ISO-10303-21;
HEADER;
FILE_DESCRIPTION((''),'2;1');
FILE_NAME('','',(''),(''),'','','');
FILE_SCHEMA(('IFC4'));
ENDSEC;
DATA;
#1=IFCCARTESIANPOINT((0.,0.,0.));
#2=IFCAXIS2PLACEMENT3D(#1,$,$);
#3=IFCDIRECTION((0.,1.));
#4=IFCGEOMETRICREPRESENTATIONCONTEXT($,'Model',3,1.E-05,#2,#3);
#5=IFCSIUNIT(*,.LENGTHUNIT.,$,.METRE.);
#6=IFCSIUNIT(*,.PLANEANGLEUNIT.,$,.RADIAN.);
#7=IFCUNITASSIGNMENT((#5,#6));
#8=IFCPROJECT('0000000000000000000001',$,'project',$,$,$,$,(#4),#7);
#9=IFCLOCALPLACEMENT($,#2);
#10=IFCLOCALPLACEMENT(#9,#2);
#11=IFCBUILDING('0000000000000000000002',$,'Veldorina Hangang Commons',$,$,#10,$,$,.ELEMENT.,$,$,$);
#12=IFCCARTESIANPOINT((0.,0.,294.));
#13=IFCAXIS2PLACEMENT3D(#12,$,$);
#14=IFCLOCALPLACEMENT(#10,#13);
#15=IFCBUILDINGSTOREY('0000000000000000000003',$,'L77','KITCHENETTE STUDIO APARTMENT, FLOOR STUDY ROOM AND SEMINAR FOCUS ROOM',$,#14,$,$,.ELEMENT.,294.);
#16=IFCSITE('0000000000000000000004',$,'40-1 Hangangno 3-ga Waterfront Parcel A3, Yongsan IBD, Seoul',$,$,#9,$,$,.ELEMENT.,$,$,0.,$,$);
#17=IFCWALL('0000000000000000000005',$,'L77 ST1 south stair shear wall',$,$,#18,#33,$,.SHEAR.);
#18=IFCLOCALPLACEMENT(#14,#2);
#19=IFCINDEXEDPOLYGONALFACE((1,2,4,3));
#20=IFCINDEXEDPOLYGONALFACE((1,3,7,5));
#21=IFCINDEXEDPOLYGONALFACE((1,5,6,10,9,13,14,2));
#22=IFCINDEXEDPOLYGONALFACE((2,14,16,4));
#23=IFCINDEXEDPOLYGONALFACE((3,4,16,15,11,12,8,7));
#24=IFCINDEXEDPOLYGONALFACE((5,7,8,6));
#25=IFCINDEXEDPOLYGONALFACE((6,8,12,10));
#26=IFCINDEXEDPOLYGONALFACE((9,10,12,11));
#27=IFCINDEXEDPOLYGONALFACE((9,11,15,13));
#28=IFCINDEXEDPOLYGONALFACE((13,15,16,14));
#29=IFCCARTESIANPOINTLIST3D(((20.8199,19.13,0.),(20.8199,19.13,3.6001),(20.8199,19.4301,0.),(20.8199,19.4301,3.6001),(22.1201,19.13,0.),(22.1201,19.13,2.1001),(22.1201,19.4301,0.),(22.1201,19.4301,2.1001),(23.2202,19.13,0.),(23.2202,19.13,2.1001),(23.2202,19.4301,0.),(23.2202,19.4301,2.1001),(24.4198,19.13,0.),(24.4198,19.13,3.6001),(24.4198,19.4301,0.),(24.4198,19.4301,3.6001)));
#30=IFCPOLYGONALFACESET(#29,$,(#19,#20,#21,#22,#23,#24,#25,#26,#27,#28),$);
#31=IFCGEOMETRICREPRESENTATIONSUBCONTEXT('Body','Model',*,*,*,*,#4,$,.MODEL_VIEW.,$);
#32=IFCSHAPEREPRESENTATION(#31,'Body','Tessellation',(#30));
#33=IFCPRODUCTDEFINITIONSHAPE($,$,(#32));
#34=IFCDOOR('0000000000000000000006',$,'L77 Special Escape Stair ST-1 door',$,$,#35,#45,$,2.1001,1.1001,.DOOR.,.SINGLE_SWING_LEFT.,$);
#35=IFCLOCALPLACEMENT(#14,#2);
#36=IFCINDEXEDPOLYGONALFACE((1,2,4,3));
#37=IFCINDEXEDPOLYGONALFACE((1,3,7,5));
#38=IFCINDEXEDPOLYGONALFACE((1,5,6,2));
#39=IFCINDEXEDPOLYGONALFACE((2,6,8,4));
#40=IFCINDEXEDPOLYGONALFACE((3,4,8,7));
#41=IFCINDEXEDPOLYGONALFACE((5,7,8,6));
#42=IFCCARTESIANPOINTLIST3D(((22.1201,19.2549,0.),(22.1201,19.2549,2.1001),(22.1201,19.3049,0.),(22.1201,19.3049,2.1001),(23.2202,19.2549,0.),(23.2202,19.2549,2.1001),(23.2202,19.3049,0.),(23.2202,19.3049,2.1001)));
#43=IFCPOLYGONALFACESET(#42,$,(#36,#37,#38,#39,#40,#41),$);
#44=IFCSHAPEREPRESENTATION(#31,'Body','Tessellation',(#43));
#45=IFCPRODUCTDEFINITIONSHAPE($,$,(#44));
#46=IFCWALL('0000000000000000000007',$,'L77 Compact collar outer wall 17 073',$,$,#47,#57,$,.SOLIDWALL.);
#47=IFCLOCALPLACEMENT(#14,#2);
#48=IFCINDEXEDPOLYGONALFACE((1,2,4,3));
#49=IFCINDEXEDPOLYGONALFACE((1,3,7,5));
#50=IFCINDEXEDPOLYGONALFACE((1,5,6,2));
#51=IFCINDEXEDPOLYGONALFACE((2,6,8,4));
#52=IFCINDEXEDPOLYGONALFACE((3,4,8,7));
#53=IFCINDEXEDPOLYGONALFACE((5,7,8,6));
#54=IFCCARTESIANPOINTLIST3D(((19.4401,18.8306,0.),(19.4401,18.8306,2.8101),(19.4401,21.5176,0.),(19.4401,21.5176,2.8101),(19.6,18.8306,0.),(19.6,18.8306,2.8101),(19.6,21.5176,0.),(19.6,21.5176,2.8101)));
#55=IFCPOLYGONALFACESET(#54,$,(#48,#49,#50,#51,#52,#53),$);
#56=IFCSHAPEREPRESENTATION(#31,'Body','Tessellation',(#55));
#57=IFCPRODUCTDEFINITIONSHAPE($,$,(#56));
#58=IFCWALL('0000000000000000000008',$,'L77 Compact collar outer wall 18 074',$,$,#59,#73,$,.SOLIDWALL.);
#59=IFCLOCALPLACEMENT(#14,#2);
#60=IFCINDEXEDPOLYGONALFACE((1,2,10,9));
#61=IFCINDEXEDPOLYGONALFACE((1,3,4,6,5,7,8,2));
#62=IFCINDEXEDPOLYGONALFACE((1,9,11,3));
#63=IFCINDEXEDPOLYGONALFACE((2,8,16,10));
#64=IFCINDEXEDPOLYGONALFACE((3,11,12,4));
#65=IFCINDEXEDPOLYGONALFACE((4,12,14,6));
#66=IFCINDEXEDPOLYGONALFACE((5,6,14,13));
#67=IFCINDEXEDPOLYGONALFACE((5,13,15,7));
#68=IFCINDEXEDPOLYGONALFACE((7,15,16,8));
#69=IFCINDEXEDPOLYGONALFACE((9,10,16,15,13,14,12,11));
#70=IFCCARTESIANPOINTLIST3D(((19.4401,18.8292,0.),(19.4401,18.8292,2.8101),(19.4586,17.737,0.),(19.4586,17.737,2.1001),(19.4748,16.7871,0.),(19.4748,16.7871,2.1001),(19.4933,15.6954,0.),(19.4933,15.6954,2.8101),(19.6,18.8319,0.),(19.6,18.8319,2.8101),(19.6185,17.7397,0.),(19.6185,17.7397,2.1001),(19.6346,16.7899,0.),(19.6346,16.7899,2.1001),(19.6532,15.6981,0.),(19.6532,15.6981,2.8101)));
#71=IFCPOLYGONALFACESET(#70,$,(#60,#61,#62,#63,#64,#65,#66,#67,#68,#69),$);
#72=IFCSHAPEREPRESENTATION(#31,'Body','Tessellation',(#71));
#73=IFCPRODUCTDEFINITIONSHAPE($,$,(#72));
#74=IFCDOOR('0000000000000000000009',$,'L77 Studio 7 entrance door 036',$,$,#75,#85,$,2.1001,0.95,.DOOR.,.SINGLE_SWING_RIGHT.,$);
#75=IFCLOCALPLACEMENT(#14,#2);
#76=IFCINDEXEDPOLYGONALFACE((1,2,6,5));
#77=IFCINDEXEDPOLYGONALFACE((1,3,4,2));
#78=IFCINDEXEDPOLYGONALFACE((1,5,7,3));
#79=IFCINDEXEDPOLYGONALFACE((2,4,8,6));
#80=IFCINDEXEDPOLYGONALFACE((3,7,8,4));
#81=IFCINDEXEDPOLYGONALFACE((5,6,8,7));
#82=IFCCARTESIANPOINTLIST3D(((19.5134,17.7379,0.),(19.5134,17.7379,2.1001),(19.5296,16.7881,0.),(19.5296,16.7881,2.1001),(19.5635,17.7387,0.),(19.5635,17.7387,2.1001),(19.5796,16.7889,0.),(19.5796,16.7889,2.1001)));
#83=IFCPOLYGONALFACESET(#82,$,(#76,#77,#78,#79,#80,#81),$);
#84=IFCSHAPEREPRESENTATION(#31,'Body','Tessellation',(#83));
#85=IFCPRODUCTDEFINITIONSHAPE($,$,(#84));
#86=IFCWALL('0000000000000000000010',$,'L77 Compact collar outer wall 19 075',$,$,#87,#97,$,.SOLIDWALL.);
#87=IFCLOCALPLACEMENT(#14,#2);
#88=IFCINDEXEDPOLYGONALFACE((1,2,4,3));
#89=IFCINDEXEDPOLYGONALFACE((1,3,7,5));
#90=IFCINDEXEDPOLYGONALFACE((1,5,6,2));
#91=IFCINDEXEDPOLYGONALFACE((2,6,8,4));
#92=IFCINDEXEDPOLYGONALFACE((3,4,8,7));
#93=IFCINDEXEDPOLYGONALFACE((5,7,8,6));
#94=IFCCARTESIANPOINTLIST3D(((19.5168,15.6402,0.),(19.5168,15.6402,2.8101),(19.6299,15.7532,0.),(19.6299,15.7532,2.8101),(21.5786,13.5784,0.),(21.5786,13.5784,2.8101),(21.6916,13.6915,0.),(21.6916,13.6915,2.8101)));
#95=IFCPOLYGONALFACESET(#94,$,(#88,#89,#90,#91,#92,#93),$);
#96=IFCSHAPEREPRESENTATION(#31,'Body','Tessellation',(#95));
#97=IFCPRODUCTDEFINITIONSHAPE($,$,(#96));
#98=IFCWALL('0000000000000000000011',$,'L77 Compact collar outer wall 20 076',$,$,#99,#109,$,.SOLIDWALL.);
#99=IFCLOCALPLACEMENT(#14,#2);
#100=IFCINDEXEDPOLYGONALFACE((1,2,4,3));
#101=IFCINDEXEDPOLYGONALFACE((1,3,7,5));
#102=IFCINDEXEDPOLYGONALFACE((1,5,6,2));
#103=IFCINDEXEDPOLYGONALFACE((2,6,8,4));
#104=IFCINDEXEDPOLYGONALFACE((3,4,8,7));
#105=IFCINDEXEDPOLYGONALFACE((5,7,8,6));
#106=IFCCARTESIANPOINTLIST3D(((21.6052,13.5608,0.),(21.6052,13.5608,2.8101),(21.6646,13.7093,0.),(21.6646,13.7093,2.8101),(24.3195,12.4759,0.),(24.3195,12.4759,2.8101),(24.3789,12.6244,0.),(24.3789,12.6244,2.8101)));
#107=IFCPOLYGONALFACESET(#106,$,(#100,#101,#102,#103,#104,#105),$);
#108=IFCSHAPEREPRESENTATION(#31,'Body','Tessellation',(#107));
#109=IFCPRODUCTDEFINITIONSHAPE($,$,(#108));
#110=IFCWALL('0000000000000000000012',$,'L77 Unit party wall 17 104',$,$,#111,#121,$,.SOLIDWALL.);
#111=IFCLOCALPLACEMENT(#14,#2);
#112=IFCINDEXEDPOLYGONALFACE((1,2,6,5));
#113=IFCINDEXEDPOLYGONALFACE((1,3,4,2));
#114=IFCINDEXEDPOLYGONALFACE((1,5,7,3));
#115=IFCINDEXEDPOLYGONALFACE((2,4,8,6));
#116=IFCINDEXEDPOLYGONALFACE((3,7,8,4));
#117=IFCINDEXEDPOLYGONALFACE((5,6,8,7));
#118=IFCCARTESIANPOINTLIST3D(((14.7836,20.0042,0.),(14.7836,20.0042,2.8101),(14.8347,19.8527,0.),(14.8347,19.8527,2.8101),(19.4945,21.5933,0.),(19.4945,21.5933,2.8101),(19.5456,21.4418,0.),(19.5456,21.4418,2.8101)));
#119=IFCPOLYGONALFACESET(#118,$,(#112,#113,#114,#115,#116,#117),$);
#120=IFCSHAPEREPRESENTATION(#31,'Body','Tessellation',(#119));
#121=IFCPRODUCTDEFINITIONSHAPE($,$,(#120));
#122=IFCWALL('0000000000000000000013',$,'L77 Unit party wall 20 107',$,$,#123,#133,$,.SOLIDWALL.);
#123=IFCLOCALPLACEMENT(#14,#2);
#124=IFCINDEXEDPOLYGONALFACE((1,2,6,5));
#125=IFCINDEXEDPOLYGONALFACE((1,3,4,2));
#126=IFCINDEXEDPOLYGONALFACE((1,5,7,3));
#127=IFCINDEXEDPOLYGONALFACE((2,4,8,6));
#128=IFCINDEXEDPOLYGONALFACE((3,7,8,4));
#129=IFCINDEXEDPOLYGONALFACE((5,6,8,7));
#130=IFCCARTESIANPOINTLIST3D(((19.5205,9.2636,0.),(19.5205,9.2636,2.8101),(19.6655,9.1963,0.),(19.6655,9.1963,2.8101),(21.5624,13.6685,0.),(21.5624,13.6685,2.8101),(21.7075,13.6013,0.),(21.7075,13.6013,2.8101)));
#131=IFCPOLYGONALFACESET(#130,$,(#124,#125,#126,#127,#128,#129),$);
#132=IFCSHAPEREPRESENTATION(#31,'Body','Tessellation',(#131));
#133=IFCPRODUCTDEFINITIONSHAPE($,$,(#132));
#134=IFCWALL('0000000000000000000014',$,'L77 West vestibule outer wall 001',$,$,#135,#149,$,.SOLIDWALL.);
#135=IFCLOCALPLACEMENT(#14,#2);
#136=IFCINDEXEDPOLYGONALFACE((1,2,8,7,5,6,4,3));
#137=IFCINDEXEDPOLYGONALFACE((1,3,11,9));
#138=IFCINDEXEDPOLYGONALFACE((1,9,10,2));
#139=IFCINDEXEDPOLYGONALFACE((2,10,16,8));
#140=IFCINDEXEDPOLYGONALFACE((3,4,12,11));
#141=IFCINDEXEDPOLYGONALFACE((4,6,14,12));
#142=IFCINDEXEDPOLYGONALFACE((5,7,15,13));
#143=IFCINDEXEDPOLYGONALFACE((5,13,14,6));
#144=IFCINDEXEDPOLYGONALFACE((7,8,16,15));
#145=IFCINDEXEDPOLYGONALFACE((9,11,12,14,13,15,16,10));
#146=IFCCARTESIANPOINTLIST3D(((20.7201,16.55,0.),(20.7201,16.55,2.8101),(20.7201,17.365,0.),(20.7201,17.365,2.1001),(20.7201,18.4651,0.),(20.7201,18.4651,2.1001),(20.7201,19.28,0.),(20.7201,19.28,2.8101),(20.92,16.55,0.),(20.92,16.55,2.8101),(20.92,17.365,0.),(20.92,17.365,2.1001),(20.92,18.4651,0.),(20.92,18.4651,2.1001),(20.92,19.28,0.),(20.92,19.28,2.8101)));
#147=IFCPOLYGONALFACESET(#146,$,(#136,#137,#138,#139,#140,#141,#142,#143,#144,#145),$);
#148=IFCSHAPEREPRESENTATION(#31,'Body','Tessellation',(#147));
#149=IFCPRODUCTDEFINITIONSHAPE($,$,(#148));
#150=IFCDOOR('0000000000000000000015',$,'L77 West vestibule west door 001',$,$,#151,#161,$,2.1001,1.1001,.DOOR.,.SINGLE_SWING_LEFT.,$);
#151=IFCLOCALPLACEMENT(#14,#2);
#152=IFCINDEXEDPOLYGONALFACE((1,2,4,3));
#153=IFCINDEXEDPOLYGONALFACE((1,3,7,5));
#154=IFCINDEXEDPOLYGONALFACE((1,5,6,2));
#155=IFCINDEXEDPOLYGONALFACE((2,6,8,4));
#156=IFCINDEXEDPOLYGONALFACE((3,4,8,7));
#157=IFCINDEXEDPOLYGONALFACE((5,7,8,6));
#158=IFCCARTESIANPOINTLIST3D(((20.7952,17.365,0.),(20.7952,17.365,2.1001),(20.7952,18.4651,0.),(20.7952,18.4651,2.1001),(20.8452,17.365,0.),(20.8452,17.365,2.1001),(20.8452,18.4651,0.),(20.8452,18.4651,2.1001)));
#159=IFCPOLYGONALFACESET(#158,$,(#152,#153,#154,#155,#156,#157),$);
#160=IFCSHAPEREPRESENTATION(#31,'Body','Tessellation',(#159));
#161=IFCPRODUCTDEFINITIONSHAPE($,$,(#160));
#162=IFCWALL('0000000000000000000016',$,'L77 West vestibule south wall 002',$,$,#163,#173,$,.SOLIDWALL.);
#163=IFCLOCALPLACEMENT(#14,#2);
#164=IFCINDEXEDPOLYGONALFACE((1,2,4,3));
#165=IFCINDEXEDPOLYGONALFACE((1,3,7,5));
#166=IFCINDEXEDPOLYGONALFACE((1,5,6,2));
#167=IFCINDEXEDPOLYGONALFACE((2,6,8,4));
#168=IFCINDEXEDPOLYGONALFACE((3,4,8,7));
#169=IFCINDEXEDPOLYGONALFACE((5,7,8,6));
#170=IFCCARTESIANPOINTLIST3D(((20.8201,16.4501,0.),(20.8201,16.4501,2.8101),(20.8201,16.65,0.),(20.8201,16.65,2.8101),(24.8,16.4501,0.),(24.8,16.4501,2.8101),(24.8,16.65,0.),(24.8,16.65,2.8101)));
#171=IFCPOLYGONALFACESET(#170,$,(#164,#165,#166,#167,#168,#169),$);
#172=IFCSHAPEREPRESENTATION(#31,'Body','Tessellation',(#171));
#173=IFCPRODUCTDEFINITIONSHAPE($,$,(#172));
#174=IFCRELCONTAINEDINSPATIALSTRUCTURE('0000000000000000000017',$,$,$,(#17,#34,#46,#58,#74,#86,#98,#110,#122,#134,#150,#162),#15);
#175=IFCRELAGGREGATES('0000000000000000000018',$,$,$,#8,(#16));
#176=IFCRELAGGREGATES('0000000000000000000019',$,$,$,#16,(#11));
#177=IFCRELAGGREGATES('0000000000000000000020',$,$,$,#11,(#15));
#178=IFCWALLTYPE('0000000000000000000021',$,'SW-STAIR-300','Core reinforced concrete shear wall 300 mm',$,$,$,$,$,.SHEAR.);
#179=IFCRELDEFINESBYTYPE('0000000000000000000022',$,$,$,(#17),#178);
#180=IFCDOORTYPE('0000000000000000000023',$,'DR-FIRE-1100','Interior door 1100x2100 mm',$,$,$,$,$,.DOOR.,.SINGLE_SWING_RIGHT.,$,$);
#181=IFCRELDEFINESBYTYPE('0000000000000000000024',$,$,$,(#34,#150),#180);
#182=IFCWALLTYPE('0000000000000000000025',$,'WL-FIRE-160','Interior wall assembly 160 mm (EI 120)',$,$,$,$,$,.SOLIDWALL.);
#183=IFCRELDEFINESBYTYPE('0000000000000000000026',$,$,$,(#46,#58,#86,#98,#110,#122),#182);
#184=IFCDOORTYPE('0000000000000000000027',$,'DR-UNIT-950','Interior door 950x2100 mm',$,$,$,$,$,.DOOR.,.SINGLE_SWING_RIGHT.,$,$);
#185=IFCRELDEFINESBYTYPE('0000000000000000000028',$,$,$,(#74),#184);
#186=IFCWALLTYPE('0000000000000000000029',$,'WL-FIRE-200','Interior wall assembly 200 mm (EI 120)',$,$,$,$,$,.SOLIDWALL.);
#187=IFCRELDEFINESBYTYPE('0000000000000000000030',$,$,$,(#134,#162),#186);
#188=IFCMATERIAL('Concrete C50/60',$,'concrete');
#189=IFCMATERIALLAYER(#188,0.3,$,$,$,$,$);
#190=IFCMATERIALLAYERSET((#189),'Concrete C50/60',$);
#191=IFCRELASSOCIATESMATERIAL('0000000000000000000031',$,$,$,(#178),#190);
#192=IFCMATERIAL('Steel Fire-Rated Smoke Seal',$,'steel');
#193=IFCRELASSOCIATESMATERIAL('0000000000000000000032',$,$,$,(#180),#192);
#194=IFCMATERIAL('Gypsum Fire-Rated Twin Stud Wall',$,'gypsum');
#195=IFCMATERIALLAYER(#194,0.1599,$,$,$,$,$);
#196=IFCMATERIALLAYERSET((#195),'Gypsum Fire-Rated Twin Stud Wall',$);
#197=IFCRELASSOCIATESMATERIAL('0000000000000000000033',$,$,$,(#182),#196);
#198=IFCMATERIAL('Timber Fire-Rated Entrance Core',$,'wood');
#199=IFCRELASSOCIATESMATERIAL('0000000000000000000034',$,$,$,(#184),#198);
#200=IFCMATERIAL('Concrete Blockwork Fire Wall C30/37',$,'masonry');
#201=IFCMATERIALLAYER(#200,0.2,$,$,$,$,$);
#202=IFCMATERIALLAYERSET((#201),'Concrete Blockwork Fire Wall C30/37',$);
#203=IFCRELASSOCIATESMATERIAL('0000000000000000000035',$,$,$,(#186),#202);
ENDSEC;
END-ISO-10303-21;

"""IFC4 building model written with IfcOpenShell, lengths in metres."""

from ifc_helpers import new_model, si_unit, direction, frame, frame_2d, origin, place, context, subcontext, project, spatial, rectangle, extrude, material, layer, layer_set, type_object, element, fill, save


model = new_model("IFC4")

# Units and contexts
model_context = context("Model", 3, precision=1e-05, world=origin(), true_north=direction((0.0, 1.0)))
body_context = subcontext(model_context, "Body", "Model", "MODEL_VIEW")
ifc_project = project(units=[si_unit("LENGTHUNIT", "METRE"), si_unit("PLANEANGLEUNIT", "RADIAN")], contexts=[model_context])

# Site, building, storey
site_placement = place(None, origin())
site = spatial("IfcSite", under=ifc_project, at=site_placement, Name="40-1 Hangangno 3-ga Waterfront Parcel A3, Yongsan IBD, Seoul", CompositionType="ELEMENT", RefElevation=0.0)
building_placement = place(site_placement, origin())
building = spatial("IfcBuilding", under=site, at=building_placement, Name="Veldorina Hangang Commons", CompositionType="ELEMENT")
storey_placement = place(building_placement, frame((0.0, 0.0, 294.0)))
storey = spatial("IfcBuildingStorey", under=building, at=storey_placement, Name="L77", Description="KITCHENETTE STUDIO APARTMENT, FLOOR STUDY ROOM AND SEMINAR FOCUS ROOM", CompositionType="ELEMENT", Elevation=294.0)

# Shared definitions
ifc_material_1 = material(Name="Concrete C50/60", Category="concrete")
ifc_layer_1 = layer(ifc_material_1, 0.3)
ifc_layer_set_1 = layer_set([ifc_layer_1], Name="Concrete C50/60")
wall_type_1 = type_object("IfcWallType", Name="SW-STAIR-300", Description="Core reinforced concrete shear wall 300 mm", PredefinedType="SHEAR", material=ifc_layer_set_1)

# Wall, opening, door
wall_1_placement = place(storey_placement, frame((20.8201, 19.28, 0.0), z_axis=(0.0, 0.0, 1.0), x_axis=(1.0, 0.0, 0.0)))
wall_1 = element("IfcWall", 1, at=wall_1_placement, inside=storey, type_object=wall_type_1, Name="L77 ST1 south stair shear wall", PredefinedType="SHEAR", context=body_context, shape_type="SweptSolid", body=[
    extrude(rectangle(XDim=3.5999, YDim=0.3, at=frame_2d((1.7998, 0.0))), origin(), (0.0, 0.0, 1.0), 3.6001),
])
opening_1_placement = place(wall_1_placement, frame((1.3, 0.0, 0.0)))
opening_1 = element("IfcOpeningElement", 2, at=opening_1_placement, cuts=wall_1, PredefinedType="OPENING", context=body_context, shape_type="SweptSolid", body=[
    extrude(rectangle(XDim=1.1001, YDim=2.1001, at=frame_2d((0.55, 1.05))), frame((0.0, 0.1602, 0.0), z_axis=(0.0, -1.0, 0.0), x_axis=(1.0, 0.0, 0.0)), (0.0, 0.0, 1.0), 0.3201),
])
ifc_material_2 = material(Name="Steel Fire-Rated Smoke Seal", Category="steel")
door_type_1 = type_object("IfcDoorType", Name="DR-FIRE-1100", Description="Interior door 1100x2100 mm", OperationType="SINGLE_SWING_RIGHT", PredefinedType="DOOR", material=ifc_material_2)
door_1_placement = place(opening_1_placement, origin())
door_1 = element("IfcDoor", 3, at=door_1_placement, inside=storey, type_object=door_type_1, Name="L77 Special Escape Stair ST-1 door", OperationType="SINGLE_SWING_LEFT", OverallHeight=2.1001, OverallWidth=1.1001, PredefinedType="DOOR", context=body_context, shape_type="SweptSolid", body=[
    extrude(rectangle(XDim=1.1001, YDim=2.1001, at=frame_2d((0.55, 1.05))), frame((0.0, 0.0249, 0.0), z_axis=(0.0, -1.0, 0.0), x_axis=(1.0, 0.0, 0.0)), (0.0, 0.0, 1.0), 0.05),
])
fill(opening_1, door_1)

# Wall
ifc_material_3 = material(Name="Gypsum Fire-Rated Twin Stud Wall", Category="gypsum")
ifc_layer_2 = layer(ifc_material_3, 0.1599)
ifc_layer_set_2 = layer_set([ifc_layer_2], Name="Gypsum Fire-Rated Twin Stud Wall")
wall_type_2 = type_object("IfcWallType", Name="WL-FIRE-160", Description="Interior wall assembly 160 mm (EI 120)", PredefinedType="SOLIDWALL", material=ifc_layer_set_2)
wall_2_placement = place(storey_placement, frame((19.52, 21.5176, 0.0), z_axis=(0.0, 0.0, 1.0), x_axis=(0.0, -1.0, 0.0)))
element("IfcWall", 4, at=wall_2_placement, inside=storey, type_object=wall_type_2, Name="L77 Compact collar outer wall 17 073", PredefinedType="SOLIDWALL", context=body_context, shape_type="SweptSolid", body=[
    extrude(rectangle(XDim=2.687, YDim=0.1599, at=frame_2d((1.3435, 0.0))), origin(), (0.0, 0.0, 1.0), 2.8101),
])

# Wall, opening, door
wall_3_placement = place(storey_placement, frame((19.52, 18.8306, 0.0), z_axis=(0.0, 0.0, 1.0), x_axis=(0.016981, -0.999856, 0.0)))
wall_3 = element("IfcWall", 5, at=wall_3_placement, inside=storey, type_object=wall_type_2, Name="L77 Compact collar outer wall 18 074", PredefinedType="SOLIDWALL", context=body_context, shape_type="SweptSolid", body=[
    extrude(rectangle(XDim=3.1343, YDim=0.1599, at=frame_2d((1.5671, 0.0))), origin(), (0.0, 0.0, 1.0), 2.8101),
])
opening_2_placement = place(wall_3_placement, frame((1.0923, 0.0, 0.0)))
opening_2 = element("IfcOpeningElement", 6, at=opening_2_placement, cuts=wall_3, PredefinedType="OPENING", context=body_context, shape_type="SweptSolid", body=[
    extrude(rectangle(XDim=0.95, YDim=2.1001, at=frame_2d((0.4751, 1.05))), frame((0.0, 0.0898, 0.0), z_axis=(0.0, -1.0, 0.0), x_axis=(1.0, 0.0, 0.0)), (0.0, 0.0, 1.0), 0.1799),
])
ifc_material_4 = material(Name="Timber Fire-Rated Entrance Core", Category="wood")
door_type_2 = type_object("IfcDoorType", Name="DR-UNIT-950", Description="Interior door 950x2100 mm", OperationType="SINGLE_SWING_RIGHT", PredefinedType="DOOR", material=ifc_material_4)
door_2_placement = place(opening_2_placement, origin())
door_2 = element("IfcDoor", 7, at=door_2_placement, inside=storey, type_object=door_type_2, Name="L77 Studio 7 entrance door 036", OperationType="SINGLE_SWING_RIGHT", OverallHeight=2.1001, OverallWidth=0.95, PredefinedType="DOOR", context=body_context, shape_type="SweptSolid", body=[
    extrude(rectangle(XDim=0.95, YDim=2.1001, at=frame_2d((0.4751, 1.05))), frame((0.0, 0.0249, 0.0), z_axis=(0.0, -1.0, 0.0), x_axis=(1.0, 0.0, 0.0)), (0.0, 0.0, 1.0), 0.05),
])
fill(opening_2, door_2)

# Walls
wall_4_placement = place(storey_placement, frame((19.5732, 15.6968, 0.0), z_axis=(0.0, 0.0, 1.0), x_axis=(0.707107, -0.707107, 0.0)))
element("IfcWall", 8, at=wall_4_placement, inside=storey, type_object=wall_type_2, Name="L77 Compact collar outer wall 19 075", PredefinedType="SOLIDWALL", context=body_context, shape_type="SweptSolid", body=[
    extrude(rectangle(XDim=2.9158, YDim=0.1599, at=frame_2d((1.458, 0.0))), origin(), (0.0, 0.0, 1.0), 2.8101),
])
wall_5_placement = place(storey_placement, frame((21.635, 13.635, 0.0), z_axis=(0.0, 0.0, 1.0), x_axis=(0.928569, -0.37116, 0.0)))
element("IfcWall", 9, at=wall_5_placement, inside=storey, type_object=wall_type_2, Name="L77 Compact collar outer wall 20 076", PredefinedType="SOLIDWALL", context=body_context, shape_type="SweptSolid", body=[
    extrude(rectangle(XDim=2.9231, YDim=0.1599, at=frame_2d((1.4614, 0.0))), origin(), (0.0, 0.0, 1.0), 2.8101),
])
wall_6_placement = place(storey_placement, frame((19.52, 21.5176, 0.0), z_axis=(0.0, 0.0, 1.0), x_axis=(-0.947543, -0.319629, 0.0)))
element("IfcWall", 10, at=wall_6_placement, inside=storey, type_object=wall_type_2, Name="L77 Unit party wall 17 104", PredefinedType="SOLIDWALL", context=body_context, shape_type="SweptSolid", body=[
    extrude(rectangle(XDim=4.9717, YDim=0.1599, at=frame_2d((2.4858, 0.0))), origin(), (0.0, 0.0, 1.0), 2.8101),
])
wall_7_placement = place(storey_placement, frame((21.635, 13.635, 0.0), z_axis=(0.0, 0.0, 1.0), x_axis=(-0.420569, -0.907261, 0.0)))
element("IfcWall", 11, at=wall_7_placement, inside=storey, type_object=wall_type_2, Name="L77 Unit party wall 20 107", PredefinedType="SOLIDWALL", context=body_context, shape_type="SweptSolid", body=[
    extrude(rectangle(XDim=4.8552, YDim=0.1599, at=frame_2d((2.4277, 0.0))), origin(), (0.0, 0.0, 1.0), 2.8101),
])

# Wall, opening, door
ifc_material_5 = material(Name="Concrete Blockwork Fire Wall C30/37", Category="masonry")
ifc_layer_3 = layer(ifc_material_5, 0.2)
ifc_layer_set_3 = layer_set([ifc_layer_3], Name="Concrete Blockwork Fire Wall C30/37")
wall_type_3 = type_object("IfcWallType", Name="WL-FIRE-200", Description="Interior wall assembly 200 mm (EI 120)", PredefinedType="SOLIDWALL", material=ifc_layer_set_3)
wall_8_placement = place(storey_placement, frame((20.8201, 16.55, 0.0), z_axis=(0.0, 0.0, 1.0), x_axis=(0.0, 1.0, 0.0)))
wall_8 = element("IfcWall", 12, at=wall_8_placement, inside=storey, type_object=wall_type_3, Name="L77 West vestibule outer wall 001", PredefinedType="SOLIDWALL", context=body_context, shape_type="SweptSolid", body=[
    extrude(rectangle(XDim=2.73, YDim=0.2, at=frame_2d((1.365, 0.0))), origin(), (0.0, 0.0, 1.0), 2.8101),
])
opening_3_placement = place(wall_8_placement, frame((0.8149, 0.0, 0.0)))
opening_3 = element("IfcOpeningElement", 13, at=opening_3_placement, cuts=wall_8, PredefinedType="OPENING", context=body_context, shape_type="SweptSolid", body=[
    extrude(rectangle(XDim=1.1001, YDim=2.1001, at=frame_2d((0.55, 1.05))), frame((0.0, 0.1099, 0.0), z_axis=(0.0, -1.0, 0.0), x_axis=(1.0, 0.0, 0.0)), (0.0, 0.0, 1.0), 0.22),
])
door_3_placement = place(opening_3_placement, origin())
door_3 = element("IfcDoor", 14, at=door_3_placement, inside=storey, type_object=door_type_1, Name="L77 West vestibule west door 001", OperationType="SINGLE_SWING_LEFT", OverallHeight=2.1001, OverallWidth=1.1001, PredefinedType="DOOR", context=body_context, shape_type="SweptSolid", body=[
    extrude(rectangle(XDim=1.1001, YDim=2.1001, at=frame_2d((0.55, 1.05))), frame((0.0, 0.0249, 0.0), z_axis=(0.0, -1.0, 0.0), x_axis=(1.0, 0.0, 0.0)), (0.0, 0.0, 1.0), 0.05),
])
fill(opening_3, door_3)

# Wall
wall_9_placement = place(storey_placement, frame((20.8201, 16.55, 0.0), z_axis=(0.0, 0.0, 1.0), x_axis=(1.0, 0.0, 0.0)))
element("IfcWall", 15, at=wall_9_placement, inside=storey, type_object=wall_type_3, Name="L77 West vestibule south wall 002", PredefinedType="SOLIDWALL", context=body_context, shape_type="SweptSolid", body=[
    extrude(rectangle(XDim=3.98, YDim=0.2, at=frame_2d((1.99, 0.0))), origin(), (0.0, 0.0, 1.0), 2.8101),
])

save(model, "model.ifc")
